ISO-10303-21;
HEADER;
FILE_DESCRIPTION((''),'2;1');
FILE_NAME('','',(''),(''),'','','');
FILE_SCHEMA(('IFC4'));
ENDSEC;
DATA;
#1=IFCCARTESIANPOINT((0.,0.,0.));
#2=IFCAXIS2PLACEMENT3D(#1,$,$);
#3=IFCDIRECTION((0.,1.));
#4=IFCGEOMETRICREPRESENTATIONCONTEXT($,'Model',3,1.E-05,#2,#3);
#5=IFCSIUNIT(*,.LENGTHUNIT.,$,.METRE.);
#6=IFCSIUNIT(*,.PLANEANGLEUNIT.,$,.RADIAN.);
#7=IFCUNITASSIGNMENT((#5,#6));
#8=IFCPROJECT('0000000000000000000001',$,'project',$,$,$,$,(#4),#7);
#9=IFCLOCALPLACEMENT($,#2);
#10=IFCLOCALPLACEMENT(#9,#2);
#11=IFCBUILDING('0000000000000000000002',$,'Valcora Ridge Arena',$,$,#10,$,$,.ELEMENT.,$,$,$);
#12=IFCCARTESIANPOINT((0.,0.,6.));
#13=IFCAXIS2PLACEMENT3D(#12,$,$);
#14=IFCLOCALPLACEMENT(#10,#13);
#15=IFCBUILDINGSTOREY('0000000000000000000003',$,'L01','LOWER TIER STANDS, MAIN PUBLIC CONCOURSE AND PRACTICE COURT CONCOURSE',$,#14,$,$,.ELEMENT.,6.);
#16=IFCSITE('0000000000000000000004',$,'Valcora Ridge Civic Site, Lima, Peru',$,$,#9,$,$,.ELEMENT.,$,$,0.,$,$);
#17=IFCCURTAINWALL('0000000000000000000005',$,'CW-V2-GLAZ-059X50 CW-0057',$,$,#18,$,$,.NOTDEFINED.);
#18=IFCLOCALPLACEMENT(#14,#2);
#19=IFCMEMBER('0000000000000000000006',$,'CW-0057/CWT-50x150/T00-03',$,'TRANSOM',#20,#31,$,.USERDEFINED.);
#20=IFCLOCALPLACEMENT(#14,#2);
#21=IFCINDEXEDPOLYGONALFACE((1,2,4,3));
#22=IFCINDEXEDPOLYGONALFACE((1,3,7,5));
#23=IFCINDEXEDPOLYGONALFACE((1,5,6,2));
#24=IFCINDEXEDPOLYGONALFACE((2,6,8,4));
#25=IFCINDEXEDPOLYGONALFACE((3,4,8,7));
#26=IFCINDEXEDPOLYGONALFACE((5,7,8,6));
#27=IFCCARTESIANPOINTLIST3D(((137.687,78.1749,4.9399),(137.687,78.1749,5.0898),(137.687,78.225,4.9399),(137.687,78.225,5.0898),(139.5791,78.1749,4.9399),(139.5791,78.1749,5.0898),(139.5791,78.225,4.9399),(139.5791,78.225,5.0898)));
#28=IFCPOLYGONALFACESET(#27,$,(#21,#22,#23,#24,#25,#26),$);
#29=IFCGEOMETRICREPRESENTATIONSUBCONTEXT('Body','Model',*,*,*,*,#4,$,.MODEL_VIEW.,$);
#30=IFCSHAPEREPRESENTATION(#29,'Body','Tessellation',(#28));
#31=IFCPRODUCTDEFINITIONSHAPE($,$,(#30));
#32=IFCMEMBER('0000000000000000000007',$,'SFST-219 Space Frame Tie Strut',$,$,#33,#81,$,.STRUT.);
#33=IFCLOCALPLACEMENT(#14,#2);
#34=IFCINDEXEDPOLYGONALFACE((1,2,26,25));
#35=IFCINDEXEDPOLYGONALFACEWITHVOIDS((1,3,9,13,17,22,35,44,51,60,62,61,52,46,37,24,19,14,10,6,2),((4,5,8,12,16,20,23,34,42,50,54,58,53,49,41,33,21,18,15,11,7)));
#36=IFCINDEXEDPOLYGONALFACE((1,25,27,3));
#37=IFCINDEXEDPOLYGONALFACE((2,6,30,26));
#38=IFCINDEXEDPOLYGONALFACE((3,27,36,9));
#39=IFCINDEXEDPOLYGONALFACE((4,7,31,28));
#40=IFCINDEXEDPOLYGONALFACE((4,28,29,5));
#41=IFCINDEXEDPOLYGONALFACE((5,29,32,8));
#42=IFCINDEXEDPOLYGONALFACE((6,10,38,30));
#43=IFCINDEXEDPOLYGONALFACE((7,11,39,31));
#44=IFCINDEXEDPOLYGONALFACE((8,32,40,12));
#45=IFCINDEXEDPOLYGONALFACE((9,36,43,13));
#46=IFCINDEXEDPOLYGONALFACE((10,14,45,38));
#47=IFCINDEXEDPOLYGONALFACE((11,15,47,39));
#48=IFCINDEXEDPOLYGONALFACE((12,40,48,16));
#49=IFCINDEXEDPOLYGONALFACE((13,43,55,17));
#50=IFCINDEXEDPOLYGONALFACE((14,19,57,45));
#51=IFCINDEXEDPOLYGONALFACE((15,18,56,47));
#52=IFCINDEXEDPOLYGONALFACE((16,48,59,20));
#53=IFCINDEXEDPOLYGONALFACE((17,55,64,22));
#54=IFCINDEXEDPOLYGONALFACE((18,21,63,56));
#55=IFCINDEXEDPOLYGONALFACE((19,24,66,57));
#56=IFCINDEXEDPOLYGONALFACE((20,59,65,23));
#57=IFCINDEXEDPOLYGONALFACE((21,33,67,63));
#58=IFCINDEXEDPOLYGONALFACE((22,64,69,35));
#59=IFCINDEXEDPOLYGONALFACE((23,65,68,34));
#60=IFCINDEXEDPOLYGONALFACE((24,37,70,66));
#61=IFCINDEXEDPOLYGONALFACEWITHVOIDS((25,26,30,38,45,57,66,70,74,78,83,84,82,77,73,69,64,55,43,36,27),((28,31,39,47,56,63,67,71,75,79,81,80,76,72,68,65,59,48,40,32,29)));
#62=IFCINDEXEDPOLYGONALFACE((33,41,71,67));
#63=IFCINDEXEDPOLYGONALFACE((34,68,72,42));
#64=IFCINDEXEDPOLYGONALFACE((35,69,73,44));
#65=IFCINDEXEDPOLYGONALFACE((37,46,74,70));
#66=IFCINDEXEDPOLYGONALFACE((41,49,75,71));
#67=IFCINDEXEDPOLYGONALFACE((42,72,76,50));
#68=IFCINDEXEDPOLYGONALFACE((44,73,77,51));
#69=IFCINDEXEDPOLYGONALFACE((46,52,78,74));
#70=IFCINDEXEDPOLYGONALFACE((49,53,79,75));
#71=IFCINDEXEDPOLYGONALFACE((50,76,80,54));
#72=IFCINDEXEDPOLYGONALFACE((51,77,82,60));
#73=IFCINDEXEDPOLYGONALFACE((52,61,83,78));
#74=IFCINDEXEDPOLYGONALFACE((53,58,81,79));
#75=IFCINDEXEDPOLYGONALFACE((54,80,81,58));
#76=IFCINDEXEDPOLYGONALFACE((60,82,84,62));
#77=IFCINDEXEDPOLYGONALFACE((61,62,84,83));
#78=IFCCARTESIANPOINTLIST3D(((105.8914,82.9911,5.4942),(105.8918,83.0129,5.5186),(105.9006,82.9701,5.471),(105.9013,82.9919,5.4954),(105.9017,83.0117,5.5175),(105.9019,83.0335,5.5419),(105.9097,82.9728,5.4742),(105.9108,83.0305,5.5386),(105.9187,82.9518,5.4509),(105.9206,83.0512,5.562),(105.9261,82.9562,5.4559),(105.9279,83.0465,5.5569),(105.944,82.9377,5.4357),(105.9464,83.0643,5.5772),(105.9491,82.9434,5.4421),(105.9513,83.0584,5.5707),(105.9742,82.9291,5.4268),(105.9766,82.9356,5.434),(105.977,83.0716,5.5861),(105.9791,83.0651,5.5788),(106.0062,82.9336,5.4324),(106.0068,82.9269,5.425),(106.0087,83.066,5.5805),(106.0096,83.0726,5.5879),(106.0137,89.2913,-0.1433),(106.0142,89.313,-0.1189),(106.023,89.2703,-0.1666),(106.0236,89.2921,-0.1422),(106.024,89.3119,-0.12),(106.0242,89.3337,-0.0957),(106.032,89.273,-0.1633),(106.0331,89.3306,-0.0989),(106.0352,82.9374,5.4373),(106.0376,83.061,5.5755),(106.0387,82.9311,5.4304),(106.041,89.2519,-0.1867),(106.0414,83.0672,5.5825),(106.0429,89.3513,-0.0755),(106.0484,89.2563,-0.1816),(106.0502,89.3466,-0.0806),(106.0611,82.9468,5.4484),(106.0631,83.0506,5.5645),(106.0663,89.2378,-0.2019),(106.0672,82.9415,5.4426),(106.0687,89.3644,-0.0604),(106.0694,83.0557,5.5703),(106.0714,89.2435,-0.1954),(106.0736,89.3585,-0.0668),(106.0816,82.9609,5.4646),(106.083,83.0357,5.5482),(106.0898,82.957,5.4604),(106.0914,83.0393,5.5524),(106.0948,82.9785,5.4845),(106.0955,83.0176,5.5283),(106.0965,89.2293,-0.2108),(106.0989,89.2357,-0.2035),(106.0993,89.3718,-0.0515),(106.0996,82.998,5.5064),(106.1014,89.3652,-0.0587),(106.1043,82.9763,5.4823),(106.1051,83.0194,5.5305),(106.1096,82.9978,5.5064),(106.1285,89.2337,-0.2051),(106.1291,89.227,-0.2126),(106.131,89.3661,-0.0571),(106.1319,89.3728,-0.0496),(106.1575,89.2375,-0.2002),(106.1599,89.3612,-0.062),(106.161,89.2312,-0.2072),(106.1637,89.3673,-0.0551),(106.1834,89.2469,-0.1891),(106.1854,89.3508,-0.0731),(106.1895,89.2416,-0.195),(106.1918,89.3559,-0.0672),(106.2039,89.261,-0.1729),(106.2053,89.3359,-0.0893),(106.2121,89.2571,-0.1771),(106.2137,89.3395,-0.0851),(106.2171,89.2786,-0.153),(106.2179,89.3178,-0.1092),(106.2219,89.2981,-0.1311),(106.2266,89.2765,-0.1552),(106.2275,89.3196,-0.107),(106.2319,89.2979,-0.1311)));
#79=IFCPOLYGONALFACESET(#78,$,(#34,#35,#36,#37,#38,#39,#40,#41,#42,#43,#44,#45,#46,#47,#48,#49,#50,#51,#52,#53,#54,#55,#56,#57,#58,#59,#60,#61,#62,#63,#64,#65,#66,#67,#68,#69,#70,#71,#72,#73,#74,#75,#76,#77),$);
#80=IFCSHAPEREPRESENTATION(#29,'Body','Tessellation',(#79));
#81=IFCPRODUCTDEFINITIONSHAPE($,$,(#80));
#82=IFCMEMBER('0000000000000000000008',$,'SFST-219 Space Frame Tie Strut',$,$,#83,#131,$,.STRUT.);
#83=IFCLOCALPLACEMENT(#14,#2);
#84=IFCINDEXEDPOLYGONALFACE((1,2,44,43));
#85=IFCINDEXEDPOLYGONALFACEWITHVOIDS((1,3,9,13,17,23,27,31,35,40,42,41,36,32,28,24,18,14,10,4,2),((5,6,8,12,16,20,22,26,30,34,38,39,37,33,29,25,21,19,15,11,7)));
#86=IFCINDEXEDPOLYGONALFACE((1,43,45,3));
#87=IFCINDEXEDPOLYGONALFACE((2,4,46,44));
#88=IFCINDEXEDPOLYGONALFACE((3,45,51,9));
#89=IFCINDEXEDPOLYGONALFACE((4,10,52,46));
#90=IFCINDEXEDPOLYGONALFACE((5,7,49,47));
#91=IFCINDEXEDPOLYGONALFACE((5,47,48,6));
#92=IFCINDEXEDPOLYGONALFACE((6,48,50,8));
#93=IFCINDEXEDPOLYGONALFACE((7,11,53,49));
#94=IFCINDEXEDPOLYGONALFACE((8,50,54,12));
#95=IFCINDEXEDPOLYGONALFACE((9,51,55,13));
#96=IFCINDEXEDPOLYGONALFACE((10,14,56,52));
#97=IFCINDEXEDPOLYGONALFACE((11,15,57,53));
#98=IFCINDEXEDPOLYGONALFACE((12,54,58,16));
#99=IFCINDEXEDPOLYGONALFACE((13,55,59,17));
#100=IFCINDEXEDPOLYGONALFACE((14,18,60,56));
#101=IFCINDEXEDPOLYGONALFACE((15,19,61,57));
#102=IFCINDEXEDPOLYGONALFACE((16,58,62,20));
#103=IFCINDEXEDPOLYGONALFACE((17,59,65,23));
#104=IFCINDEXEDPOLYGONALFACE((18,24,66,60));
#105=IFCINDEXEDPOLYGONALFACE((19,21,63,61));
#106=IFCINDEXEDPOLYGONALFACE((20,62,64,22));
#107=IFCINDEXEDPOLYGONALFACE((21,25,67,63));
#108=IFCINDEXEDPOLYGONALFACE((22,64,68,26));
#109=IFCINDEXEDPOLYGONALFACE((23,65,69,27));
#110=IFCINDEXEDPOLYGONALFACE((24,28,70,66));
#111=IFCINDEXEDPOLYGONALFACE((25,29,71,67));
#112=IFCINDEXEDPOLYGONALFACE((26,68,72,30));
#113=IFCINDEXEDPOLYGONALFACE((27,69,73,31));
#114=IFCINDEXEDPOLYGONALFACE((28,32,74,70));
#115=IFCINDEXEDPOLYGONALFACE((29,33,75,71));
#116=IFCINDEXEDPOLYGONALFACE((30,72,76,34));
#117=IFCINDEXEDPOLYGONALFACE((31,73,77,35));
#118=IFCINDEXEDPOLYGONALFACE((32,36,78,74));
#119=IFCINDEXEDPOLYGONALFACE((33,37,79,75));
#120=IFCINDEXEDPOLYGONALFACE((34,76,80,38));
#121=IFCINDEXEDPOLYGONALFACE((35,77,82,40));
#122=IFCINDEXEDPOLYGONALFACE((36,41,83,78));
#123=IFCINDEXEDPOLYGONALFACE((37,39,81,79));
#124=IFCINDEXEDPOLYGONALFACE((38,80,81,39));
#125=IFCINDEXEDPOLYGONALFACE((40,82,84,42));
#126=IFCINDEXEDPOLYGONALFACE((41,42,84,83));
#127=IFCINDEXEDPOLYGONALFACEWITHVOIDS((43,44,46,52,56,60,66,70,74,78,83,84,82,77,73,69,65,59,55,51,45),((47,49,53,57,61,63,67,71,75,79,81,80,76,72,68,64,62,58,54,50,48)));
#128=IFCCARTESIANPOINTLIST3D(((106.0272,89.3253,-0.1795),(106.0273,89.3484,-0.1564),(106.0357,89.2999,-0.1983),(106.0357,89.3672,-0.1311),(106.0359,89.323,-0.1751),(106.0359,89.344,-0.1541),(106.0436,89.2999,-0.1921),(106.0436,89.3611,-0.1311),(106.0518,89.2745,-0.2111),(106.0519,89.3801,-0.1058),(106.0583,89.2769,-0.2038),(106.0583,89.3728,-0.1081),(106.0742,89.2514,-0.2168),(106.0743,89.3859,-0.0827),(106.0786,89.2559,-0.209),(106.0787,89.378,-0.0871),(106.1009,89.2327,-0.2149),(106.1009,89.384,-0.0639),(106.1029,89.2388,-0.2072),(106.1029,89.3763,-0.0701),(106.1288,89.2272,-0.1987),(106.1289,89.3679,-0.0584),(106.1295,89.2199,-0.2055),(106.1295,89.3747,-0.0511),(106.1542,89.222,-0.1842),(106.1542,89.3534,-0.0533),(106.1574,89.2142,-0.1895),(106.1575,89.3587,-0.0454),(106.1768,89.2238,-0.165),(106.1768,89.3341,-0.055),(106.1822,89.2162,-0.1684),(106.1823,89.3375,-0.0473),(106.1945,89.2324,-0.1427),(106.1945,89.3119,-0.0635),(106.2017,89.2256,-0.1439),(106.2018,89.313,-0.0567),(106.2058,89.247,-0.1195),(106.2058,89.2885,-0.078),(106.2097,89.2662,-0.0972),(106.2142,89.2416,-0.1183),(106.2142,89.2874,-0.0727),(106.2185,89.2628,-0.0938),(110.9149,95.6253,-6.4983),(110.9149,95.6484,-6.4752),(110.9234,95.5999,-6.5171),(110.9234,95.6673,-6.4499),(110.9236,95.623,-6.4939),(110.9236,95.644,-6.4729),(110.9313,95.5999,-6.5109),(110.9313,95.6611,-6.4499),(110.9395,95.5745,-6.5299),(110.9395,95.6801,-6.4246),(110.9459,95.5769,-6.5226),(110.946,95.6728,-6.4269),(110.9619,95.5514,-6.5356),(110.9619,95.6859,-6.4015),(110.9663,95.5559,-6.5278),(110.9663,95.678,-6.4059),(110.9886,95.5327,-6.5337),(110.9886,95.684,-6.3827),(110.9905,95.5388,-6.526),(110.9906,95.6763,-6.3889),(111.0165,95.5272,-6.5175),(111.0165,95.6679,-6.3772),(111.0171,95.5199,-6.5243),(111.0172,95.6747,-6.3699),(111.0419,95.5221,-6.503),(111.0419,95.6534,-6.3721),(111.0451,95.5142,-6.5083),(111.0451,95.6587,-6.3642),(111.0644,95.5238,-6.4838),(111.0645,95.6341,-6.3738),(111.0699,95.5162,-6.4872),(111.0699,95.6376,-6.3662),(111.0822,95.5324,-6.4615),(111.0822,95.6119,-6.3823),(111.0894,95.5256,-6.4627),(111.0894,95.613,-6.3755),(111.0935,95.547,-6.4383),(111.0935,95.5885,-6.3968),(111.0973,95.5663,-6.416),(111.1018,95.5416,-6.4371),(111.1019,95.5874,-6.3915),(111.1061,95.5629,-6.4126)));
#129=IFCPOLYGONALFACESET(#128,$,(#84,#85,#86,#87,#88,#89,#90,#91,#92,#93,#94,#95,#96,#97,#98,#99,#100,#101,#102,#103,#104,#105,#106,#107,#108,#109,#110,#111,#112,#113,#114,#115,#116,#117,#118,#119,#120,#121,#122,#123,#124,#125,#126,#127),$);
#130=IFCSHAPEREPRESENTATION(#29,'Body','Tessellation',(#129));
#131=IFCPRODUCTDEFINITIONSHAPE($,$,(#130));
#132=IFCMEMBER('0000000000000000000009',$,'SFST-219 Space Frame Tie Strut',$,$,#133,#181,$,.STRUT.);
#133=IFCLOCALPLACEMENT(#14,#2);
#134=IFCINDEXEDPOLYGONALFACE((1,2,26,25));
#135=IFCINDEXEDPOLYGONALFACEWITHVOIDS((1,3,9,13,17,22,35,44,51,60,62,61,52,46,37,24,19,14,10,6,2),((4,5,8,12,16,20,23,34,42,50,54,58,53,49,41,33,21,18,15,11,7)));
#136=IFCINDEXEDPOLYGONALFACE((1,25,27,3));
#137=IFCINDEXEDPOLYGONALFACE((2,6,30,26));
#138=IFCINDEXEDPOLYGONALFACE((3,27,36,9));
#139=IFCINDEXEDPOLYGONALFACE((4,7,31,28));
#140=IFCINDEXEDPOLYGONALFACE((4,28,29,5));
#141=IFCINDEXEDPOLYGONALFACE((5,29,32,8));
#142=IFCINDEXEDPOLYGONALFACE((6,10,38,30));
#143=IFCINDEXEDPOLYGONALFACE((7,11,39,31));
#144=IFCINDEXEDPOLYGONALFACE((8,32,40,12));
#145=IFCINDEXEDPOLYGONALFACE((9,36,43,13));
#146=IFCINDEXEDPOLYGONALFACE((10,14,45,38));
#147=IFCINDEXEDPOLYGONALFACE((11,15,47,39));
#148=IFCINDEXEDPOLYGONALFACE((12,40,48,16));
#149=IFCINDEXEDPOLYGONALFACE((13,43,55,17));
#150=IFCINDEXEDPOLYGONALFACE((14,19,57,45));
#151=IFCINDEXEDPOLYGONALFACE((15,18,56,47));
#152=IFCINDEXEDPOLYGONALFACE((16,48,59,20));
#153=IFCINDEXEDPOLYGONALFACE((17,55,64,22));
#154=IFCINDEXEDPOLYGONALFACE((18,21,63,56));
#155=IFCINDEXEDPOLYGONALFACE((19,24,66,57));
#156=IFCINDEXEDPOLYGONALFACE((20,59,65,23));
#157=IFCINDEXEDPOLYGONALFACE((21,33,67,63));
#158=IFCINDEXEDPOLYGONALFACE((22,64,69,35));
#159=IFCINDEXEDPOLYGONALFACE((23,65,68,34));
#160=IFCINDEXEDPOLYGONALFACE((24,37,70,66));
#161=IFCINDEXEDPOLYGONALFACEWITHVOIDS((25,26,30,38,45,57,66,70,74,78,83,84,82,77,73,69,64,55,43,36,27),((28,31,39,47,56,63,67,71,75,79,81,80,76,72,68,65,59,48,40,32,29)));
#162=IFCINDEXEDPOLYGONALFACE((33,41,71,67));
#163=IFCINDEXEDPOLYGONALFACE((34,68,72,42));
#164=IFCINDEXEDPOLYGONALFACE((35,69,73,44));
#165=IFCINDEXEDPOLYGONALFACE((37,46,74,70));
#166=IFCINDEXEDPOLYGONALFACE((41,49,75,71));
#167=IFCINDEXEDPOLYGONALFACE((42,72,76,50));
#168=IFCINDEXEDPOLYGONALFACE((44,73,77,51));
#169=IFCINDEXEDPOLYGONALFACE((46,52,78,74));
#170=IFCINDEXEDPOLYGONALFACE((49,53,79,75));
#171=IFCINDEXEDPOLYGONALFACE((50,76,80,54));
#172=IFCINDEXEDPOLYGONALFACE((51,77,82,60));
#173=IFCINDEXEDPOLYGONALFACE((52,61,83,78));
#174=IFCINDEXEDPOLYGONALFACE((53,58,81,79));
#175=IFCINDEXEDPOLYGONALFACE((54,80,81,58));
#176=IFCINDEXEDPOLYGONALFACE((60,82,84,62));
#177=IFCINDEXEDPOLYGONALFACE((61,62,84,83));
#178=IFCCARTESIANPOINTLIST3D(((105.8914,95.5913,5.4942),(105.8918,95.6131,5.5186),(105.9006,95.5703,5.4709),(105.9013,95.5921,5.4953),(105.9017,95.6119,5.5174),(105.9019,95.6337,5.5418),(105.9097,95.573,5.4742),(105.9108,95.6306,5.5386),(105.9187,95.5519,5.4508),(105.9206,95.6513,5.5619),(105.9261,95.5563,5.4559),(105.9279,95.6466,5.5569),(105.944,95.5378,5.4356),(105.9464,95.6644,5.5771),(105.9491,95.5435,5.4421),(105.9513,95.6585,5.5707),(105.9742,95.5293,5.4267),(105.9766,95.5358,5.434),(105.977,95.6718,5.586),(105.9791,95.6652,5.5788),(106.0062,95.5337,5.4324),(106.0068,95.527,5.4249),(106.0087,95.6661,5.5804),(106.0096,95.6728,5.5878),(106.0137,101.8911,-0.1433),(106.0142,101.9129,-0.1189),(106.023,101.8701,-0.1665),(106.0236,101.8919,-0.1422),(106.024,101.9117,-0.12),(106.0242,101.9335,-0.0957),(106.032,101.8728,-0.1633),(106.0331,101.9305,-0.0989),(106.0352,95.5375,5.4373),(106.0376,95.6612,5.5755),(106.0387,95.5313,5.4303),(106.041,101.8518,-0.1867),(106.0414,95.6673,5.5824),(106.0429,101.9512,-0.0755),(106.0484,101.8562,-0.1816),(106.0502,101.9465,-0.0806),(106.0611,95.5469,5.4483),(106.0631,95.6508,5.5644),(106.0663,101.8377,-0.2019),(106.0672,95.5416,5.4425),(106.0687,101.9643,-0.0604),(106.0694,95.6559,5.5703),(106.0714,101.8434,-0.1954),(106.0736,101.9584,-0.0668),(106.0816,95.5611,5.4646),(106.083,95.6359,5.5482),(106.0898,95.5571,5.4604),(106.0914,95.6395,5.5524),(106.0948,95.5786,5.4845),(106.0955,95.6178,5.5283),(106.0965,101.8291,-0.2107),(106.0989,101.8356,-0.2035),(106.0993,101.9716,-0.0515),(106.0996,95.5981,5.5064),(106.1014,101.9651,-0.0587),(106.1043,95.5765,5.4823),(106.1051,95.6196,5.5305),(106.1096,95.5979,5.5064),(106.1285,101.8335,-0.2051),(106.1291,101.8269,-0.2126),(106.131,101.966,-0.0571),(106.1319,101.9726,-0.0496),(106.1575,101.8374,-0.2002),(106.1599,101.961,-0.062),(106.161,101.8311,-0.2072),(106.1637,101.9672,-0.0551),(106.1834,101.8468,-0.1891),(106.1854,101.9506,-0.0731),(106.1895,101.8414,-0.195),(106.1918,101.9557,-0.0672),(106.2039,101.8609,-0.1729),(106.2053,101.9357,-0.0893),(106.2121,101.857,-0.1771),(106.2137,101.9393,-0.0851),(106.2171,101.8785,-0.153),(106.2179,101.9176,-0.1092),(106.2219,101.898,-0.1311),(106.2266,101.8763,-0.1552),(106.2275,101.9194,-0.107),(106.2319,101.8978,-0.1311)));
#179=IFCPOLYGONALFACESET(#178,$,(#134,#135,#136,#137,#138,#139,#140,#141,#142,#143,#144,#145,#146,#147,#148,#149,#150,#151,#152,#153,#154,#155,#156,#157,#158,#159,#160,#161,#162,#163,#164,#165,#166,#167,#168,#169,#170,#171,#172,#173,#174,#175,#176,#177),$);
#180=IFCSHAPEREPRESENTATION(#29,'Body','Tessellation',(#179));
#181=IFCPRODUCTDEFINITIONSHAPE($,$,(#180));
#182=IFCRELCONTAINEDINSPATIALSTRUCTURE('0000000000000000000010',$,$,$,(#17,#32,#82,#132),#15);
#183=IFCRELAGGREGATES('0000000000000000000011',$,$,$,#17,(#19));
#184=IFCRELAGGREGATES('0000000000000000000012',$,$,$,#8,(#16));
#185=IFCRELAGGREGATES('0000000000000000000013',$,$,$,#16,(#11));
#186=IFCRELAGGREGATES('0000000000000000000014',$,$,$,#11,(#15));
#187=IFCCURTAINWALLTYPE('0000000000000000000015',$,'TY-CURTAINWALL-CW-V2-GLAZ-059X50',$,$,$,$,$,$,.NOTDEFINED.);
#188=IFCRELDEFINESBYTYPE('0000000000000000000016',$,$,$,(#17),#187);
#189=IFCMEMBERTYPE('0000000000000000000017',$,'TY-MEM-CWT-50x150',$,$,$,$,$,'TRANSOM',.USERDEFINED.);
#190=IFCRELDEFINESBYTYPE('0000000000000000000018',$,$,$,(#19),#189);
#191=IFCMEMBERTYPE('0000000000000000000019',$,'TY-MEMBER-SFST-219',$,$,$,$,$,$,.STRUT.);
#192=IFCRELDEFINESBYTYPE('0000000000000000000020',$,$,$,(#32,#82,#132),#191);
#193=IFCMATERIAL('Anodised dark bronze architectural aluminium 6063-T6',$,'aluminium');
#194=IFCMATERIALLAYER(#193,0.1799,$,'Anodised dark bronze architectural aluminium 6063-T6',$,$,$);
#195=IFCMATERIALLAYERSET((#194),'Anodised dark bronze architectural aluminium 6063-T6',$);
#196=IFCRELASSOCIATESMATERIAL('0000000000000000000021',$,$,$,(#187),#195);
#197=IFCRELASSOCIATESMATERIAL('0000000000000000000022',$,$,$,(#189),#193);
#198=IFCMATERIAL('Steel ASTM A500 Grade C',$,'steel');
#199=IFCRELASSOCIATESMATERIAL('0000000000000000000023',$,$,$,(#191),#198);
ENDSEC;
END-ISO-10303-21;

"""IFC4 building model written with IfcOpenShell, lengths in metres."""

from ifc_helpers import new_model, si_unit, direction, frame, origin, origin_2d, place, context, subcontext, project, spatial, rectangle, hollow_circle, extrude, material, layer, layer_set, material_profile, profile_set, type_object, element, aggregate, save


model = new_model("IFC4")

# Units and contexts
model_context = context("Model", 3, precision=1e-05, world=origin(), true_north=direction((0.0, 1.0)))
body_context = subcontext(model_context, "Body", "Model", "MODEL_VIEW")
ifc_project = project(units=[si_unit("LENGTHUNIT", "METRE"), si_unit("PLANEANGLEUNIT", "RADIAN")], contexts=[model_context])

# Site, building, storey
site_placement = place(None, origin())
site = spatial("IfcSite", under=ifc_project, at=site_placement, Name="Valcora Ridge Civic Site, Lima, Peru", CompositionType="ELEMENT", RefElevation=0.0)
building_placement = place(site_placement, origin())
building = spatial("IfcBuilding", under=site, at=building_placement, Name="Valcora Ridge Arena", CompositionType="ELEMENT")
storey_placement = place(building_placement, frame((0.0, 0.0, 6.0)))
storey = spatial("IfcBuildingStorey", under=building, at=storey_placement, Name="L01", Description="LOWER TIER STANDS, MAIN PUBLIC CONCOURSE AND PRACTICE COURT CONCOURSE", CompositionType="ELEMENT", Elevation=6.0)

# Shared definitions
ifc_material_1 = material(Name="Steel ASTM A500 Grade C", Category="steel")

# Shared definitions
ifc_material_2 = material(Name="Anodised dark bronze architectural aluminium 6063-T6", Category="aluminium")

# Curtain wall, member
ifc_layer_1 = layer(ifc_material_2, 0.1799, Name="Anodised dark bronze architectural aluminium 6063-T6")
ifc_layer_set_1 = layer_set([ifc_layer_1], Name="Anodised dark bronze architectural aluminium 6063-T6")
curtain_wall_type_1 = type_object("IfcCurtainWallType", Name="TY-CURTAINWALL-CW-V2-GLAZ-059X50", PredefinedType="NOTDEFINED", material=ifc_layer_set_1)
curtain_wall_1_placement = place(storey_placement, origin())
curtain_wall_1 = element("IfcCurtainWall", 1, at=curtain_wall_1_placement, inside=storey, type_object=curtain_wall_type_1, Name="CW-V2-GLAZ-059X50 CW-0057", PredefinedType="NOTDEFINED")
ifc_material_profile_1 = material_profile(ifc_material_2, rectangle(XDim=0.05, YDim=0.1499, at=origin_2d()), Name="ALU TRANSOM 50x150")
ifc_profile_set_1 = profile_set([ifc_material_profile_1], Name="Anodised dark bronze architectural aluminium 6063-T6")
member_type_1 = type_object("IfcMemberType", Name="TY-MEM-CWT-50x150", ElementType="TRANSOM", PredefinedType="USERDEFINED", material=ifc_profile_set_1)
member_1_placement = place(storey_placement, frame((137.687, 78.2, 5.0149), z_axis=(1.0, 0.0, 0.0), x_axis=(0.0, 1.0, 0.0)))
member_1 = element("IfcMember", 2, at=member_1_placement, type_object=member_type_1, Name="CW-0057/CWT-50x150/T00-03", ObjectType="TRANSOM", PredefinedType="USERDEFINED", context=body_context, shape_type="SweptSolid", body=[
    extrude(rectangle(XDim=0.05, YDim=0.1499, at=origin_2d()), origin(), (0.0, 0.0, 1.0), 1.8921),
])

# Members
ifc_material_profile_2 = material_profile(ifc_material_1, hollow_circle(Radius=0.1096, WallThickness=0.01, at=origin_2d()), Name="CHS219X10")
ifc_profile_set_2 = profile_set([ifc_material_profile_2], Name="Steel ASTM A500 Grade C")
member_type_2 = type_object("IfcMemberType", Name="TY-MEMBER-SFST-219", PredefinedType="STRUT", material=ifc_profile_set_2)
member_2_placement = place(storey_placement, frame((106.1223, 89.3, -0.1311), z_axis=(-0.014467, -0.74513, 0.666762), x_axis=(0.999812, -0.019411, 0.0)))
element("IfcMember", 3, at=member_2_placement, inside=storey, type_object=member_type_2, Name="SFST-219 Space Frame Tie Strut", PredefinedType="STRUT", context=body_context, shape_type="SweptSolid", body=[
    extrude(hollow_circle(Radius=0.1096, WallThickness=0.01, at=origin_2d()), origin(), (0.0, 0.0, 1.0), 8.4551),
])
member_3_placement = place(storey_placement, frame((106.1223, 89.3, -0.1311), z_axis=(0.480416, 0.619237, -0.621085), x_axis=(-0.790102, 0.612976, 0.0)))
element("IfcMember", 4, at=member_3_placement, inside=storey, type_object=member_type_2, Name="SFST-219 Space Frame Tie Strut", PredefinedType="STRUT", context=body_context, shape_type="SweptSolid", body=[
    extrude(hollow_circle(Radius=0.1096, WallThickness=0.01, at=origin_2d()), origin(), (0.0, 0.0, 1.0), 10.1738),
])
member_4_placement = place(storey_placement, frame((106.1223, 101.8999, -0.1311), z_axis=(-0.014467, -0.745117, 0.666777), x_axis=(0.999812, -0.019412, 0.0)))
element("IfcMember", 5, at=member_4_placement, inside=storey, type_object=member_type_2, Name="SFST-219 Space Frame Tie Strut", PredefinedType="STRUT", context=body_context, shape_type="SweptSolid", body=[
    extrude(hollow_circle(Radius=0.1096, WallThickness=0.01, at=origin_2d()), origin(), (0.0, 0.0, 1.0), 8.4548),
])

aggregate(curtain_wall_1, [member_1])

save(model, "model.ifc")
